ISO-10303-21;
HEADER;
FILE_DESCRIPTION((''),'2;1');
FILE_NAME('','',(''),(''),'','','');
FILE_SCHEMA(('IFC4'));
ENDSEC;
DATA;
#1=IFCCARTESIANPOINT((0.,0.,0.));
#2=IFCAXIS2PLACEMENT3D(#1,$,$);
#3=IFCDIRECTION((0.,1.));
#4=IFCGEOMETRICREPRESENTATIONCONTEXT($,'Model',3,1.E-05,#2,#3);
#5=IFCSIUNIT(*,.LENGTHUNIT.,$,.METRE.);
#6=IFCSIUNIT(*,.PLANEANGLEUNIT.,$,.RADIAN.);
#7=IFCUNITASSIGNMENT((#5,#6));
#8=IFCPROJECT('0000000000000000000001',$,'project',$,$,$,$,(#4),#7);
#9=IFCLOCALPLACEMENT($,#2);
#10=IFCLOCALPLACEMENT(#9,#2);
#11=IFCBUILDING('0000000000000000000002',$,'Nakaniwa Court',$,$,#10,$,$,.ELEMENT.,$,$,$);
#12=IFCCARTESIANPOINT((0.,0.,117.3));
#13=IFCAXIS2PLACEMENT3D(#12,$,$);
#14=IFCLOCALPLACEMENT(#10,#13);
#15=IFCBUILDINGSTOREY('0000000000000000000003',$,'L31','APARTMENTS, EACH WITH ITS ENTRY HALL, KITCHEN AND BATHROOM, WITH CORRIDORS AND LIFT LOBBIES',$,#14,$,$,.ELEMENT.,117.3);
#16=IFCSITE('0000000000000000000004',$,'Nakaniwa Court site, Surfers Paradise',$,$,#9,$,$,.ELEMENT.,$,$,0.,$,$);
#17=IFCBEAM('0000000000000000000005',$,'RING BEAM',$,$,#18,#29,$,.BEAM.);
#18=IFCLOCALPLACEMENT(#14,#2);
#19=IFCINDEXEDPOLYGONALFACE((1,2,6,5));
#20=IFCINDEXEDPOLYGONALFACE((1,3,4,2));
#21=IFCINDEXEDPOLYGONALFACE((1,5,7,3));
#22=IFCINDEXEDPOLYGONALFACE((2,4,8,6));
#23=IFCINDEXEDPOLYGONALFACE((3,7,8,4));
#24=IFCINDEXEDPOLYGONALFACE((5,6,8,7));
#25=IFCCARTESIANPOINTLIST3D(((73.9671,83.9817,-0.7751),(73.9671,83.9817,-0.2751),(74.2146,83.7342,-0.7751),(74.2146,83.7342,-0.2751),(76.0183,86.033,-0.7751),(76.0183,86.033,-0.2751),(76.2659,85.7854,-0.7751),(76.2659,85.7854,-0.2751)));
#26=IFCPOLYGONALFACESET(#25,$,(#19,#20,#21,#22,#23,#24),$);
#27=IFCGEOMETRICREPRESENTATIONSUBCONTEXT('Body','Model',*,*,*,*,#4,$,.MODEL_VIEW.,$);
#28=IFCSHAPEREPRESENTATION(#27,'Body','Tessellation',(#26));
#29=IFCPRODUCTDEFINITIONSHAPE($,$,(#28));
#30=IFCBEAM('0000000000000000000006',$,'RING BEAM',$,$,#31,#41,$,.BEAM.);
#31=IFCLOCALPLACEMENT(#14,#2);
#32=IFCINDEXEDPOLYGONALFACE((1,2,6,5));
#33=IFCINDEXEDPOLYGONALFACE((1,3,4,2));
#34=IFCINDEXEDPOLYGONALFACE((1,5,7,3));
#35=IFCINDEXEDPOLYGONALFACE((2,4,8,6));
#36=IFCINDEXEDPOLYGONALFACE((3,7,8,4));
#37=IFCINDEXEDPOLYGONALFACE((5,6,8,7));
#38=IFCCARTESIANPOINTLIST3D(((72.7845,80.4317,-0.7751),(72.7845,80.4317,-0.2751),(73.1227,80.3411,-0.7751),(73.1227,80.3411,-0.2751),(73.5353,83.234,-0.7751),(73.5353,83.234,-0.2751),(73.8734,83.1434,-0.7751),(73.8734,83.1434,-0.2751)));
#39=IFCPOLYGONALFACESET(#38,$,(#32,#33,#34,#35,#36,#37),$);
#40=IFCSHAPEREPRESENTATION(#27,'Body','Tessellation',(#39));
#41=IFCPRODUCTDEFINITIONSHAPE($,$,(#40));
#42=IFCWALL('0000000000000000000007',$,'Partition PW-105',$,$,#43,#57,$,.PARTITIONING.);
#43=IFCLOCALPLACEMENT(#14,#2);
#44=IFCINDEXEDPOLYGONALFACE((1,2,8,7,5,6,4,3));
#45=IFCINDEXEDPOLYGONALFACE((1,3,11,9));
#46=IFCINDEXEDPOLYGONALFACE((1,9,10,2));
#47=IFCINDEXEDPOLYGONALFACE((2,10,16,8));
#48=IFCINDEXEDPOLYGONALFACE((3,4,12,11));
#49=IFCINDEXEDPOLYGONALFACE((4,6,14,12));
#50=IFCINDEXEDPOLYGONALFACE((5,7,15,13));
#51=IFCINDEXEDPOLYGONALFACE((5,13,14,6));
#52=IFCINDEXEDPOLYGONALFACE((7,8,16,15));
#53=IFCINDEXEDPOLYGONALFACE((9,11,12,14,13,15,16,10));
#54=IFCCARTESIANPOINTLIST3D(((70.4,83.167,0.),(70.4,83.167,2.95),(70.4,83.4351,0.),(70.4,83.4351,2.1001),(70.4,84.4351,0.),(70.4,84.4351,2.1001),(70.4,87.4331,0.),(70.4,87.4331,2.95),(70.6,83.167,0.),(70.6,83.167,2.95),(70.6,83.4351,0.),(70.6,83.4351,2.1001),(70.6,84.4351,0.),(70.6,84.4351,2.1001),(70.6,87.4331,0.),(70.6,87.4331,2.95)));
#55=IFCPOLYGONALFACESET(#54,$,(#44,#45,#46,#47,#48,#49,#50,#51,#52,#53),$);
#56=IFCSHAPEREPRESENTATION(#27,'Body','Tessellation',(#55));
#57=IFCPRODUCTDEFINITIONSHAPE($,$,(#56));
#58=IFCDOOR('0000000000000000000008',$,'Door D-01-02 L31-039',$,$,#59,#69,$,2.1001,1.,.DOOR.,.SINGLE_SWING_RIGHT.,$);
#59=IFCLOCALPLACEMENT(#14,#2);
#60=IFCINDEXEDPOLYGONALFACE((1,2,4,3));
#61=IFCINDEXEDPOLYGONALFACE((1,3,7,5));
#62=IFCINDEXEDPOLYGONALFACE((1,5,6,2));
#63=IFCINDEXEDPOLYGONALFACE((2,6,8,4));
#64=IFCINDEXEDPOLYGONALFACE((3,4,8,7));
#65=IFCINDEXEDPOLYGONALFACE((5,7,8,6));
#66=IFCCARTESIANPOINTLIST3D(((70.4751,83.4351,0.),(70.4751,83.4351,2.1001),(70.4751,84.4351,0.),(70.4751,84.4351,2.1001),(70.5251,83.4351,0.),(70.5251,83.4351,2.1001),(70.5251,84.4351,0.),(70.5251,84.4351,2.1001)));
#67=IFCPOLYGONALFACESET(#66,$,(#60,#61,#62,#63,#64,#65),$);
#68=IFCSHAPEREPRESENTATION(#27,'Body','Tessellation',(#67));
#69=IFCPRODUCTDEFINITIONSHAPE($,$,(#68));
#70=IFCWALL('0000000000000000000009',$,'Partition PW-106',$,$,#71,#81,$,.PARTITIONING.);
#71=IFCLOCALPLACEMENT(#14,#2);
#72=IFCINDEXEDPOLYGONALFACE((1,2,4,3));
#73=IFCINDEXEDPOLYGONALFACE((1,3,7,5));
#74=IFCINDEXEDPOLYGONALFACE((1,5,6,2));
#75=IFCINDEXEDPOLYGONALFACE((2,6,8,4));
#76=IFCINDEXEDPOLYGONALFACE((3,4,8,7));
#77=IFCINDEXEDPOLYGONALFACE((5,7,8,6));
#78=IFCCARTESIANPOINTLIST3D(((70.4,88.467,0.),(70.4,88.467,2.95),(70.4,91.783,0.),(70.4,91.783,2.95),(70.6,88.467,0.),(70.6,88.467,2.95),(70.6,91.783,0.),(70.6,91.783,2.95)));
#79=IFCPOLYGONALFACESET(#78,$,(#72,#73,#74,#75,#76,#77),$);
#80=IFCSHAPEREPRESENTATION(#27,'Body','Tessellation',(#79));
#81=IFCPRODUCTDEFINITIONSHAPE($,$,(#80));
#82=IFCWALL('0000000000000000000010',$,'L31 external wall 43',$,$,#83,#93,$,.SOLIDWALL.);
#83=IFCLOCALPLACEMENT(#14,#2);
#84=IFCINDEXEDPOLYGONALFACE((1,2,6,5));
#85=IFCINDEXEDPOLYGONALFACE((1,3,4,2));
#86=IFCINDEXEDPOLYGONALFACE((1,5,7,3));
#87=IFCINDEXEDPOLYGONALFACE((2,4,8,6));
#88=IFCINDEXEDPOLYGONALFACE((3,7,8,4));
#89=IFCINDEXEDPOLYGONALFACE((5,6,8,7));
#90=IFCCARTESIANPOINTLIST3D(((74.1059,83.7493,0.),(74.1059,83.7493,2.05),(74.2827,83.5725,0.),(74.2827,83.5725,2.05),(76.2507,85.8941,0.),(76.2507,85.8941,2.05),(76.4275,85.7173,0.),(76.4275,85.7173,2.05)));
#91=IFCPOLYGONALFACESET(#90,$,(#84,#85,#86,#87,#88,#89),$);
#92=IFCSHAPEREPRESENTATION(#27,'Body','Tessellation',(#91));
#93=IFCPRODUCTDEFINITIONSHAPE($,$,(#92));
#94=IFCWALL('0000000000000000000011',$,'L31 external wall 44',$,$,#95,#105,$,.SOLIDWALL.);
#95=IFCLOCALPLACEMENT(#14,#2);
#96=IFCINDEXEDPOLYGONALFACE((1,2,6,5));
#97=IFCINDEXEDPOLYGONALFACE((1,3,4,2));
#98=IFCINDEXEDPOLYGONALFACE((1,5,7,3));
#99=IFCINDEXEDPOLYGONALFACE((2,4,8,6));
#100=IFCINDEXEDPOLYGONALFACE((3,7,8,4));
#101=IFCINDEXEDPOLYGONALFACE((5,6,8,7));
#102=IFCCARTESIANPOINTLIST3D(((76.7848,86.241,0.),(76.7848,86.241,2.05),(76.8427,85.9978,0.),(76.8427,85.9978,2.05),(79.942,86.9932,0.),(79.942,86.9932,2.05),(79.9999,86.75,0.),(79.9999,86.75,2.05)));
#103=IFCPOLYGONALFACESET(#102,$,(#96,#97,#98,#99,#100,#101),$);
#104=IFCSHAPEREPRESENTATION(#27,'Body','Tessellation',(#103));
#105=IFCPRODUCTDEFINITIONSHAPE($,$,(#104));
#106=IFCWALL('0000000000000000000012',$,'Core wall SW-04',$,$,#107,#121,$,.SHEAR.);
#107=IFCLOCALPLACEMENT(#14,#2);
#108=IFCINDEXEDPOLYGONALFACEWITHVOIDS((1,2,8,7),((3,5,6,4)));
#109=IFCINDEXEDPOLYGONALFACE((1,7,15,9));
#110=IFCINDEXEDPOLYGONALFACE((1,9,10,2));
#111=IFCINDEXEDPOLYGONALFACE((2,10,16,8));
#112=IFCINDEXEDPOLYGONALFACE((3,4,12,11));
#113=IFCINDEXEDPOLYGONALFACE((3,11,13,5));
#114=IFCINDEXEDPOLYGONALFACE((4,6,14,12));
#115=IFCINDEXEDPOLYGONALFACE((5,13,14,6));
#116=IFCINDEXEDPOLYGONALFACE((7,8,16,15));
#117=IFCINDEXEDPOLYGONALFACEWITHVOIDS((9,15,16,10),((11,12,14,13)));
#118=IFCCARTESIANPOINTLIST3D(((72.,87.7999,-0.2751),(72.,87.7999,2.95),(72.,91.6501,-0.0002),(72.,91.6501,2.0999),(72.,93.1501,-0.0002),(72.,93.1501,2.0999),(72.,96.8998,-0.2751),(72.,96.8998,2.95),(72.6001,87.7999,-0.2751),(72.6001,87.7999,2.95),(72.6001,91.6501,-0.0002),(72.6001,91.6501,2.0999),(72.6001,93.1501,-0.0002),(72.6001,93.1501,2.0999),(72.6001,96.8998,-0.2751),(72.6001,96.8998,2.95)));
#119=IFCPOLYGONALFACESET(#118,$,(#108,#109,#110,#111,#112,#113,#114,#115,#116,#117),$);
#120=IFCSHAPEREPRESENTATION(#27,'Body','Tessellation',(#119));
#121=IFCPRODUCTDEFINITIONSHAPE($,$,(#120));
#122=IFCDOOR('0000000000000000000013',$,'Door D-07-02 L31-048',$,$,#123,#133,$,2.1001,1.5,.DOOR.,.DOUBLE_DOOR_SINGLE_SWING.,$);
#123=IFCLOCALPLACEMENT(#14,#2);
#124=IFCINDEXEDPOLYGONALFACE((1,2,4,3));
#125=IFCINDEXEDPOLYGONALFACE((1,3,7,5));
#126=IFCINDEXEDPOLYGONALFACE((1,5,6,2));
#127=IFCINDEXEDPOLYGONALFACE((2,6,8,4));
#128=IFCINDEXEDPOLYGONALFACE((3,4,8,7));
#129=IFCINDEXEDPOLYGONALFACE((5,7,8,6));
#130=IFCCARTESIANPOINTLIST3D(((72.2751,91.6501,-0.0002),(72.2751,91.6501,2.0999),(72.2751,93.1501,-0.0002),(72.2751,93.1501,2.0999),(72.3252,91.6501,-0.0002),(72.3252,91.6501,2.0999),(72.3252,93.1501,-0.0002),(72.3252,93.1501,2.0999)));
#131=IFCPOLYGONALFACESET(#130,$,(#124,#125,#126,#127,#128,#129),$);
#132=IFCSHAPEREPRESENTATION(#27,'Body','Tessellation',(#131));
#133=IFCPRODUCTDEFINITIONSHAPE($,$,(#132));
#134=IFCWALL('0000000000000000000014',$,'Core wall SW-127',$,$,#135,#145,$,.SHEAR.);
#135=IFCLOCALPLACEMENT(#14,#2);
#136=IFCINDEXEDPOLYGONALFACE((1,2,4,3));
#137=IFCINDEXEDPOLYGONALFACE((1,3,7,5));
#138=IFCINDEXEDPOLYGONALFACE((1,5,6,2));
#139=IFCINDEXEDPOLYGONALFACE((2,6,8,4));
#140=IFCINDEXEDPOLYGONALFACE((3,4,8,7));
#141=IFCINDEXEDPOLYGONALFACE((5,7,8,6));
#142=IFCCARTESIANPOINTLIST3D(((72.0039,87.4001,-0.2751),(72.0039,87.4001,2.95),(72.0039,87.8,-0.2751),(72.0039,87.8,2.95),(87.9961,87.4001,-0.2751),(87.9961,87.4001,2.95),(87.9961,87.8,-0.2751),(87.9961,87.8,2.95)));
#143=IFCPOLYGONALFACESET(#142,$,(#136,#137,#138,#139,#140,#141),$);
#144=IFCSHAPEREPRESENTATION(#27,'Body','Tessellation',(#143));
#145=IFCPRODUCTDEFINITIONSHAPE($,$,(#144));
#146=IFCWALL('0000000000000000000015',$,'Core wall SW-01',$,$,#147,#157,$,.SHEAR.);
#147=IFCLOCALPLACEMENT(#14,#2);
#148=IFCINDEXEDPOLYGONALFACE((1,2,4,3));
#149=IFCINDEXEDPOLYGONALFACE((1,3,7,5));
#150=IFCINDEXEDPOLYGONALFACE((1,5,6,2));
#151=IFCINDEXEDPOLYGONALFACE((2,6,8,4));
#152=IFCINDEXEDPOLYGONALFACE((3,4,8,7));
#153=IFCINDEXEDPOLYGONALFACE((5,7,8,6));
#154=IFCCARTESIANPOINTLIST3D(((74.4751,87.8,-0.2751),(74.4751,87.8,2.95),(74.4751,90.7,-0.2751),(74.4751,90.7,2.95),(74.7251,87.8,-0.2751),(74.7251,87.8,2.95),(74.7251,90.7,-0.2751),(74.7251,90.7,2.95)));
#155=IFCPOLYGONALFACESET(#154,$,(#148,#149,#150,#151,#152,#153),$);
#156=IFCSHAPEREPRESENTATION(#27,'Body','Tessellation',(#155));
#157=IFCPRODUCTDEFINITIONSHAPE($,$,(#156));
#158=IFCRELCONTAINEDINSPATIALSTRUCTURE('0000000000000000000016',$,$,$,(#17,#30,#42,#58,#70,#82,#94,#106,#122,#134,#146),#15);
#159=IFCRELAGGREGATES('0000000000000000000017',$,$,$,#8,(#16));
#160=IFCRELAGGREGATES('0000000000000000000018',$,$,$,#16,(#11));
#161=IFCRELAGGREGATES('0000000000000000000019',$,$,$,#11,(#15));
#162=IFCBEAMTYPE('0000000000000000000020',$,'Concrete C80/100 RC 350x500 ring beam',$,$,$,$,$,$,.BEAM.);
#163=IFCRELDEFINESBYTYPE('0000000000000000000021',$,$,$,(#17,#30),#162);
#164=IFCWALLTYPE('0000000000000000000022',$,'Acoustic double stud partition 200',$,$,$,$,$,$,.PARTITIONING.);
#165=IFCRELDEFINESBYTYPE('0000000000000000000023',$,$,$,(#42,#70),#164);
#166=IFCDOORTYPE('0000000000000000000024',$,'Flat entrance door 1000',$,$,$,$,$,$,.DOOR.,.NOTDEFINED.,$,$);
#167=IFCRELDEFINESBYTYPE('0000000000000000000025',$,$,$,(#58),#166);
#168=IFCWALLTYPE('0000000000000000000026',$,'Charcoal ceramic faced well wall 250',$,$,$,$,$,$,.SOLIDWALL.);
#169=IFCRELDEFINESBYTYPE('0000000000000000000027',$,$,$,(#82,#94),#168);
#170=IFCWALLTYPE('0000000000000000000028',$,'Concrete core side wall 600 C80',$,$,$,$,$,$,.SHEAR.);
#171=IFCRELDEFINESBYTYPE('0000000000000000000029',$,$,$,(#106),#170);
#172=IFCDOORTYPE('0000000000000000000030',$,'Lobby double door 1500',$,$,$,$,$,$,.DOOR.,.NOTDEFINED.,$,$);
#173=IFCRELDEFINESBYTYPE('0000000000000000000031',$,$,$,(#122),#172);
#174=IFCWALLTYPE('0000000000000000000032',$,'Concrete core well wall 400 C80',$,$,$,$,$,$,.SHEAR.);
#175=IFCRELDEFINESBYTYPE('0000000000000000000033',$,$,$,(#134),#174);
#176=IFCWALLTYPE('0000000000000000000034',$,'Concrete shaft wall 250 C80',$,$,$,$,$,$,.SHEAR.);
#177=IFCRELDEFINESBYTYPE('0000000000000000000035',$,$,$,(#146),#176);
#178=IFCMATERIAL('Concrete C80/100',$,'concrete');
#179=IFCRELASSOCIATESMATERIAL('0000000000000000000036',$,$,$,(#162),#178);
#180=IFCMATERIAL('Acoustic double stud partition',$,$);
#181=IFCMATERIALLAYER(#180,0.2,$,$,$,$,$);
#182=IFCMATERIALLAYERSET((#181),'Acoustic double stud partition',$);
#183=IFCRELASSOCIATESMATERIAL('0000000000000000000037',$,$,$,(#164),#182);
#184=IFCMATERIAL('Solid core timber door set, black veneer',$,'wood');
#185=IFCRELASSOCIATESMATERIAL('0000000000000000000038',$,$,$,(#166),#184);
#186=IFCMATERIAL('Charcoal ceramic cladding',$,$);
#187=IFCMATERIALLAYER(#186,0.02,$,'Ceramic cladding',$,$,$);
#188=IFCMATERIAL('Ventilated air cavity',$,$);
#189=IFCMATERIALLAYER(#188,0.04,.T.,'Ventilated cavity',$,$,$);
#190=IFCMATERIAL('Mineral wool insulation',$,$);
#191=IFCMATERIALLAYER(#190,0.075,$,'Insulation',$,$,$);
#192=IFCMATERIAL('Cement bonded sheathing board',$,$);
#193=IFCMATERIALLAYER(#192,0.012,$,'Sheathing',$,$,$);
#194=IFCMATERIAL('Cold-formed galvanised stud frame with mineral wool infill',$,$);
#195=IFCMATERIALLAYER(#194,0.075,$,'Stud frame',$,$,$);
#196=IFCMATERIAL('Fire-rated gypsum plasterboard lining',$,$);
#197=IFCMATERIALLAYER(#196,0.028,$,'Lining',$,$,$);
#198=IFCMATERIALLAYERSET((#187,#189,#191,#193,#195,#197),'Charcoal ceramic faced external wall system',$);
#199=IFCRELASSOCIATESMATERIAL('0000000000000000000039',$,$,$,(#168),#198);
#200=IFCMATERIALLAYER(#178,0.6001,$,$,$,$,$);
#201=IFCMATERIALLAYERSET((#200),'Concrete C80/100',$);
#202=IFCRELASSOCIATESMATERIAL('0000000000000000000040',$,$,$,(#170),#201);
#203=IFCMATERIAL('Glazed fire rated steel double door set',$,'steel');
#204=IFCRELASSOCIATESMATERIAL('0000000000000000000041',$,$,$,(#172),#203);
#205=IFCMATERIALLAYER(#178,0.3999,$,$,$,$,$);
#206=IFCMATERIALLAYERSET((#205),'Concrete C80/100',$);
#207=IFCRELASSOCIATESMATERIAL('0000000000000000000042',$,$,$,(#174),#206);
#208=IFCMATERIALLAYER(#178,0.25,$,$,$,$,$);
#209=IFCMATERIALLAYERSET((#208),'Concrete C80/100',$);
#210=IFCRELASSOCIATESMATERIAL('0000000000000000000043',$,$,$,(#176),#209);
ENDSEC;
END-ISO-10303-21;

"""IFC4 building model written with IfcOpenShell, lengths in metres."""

from ifc_helpers import new_model, si_unit, direction, frame, frame_2d, origin, origin_2d, place, context, subcontext, project, spatial, rectangle, extrude, material, layer, layer_set, material_profile, profile_set, type_object, element, fill, save


model = new_model("IFC4")

# Units and contexts
model_context = context("Model", 3, precision=1e-05, world=origin(), true_north=direction((0.0, 1.0)))
body_context = subcontext(model_context, "Body", "Model", "MODEL_VIEW")
ifc_project = project(units=[si_unit("LENGTHUNIT", "METRE"), si_unit("PLANEANGLEUNIT", "RADIAN")], contexts=[model_context])

# Site, building, storey
site_placement = place(None, origin())
site = spatial("IfcSite", under=ifc_project, at=site_placement, Name="Nakaniwa Court site, Surfers Paradise", CompositionType="ELEMENT", RefElevation=0.0)
building_placement = place(site_placement, origin())
building = spatial("IfcBuilding", under=site, at=building_placement, Name="Nakaniwa Court", CompositionType="ELEMENT")
storey_placement = place(building_placement, frame((0.0, 0.0, 117.3)))
storey = spatial("IfcBuildingStorey", under=building, at=storey_placement, Name="L31", Description="APARTMENTS, EACH WITH ITS ENTRY HALL, KITCHEN AND BATHROOM, WITH CORRIDORS AND LIFT LOBBIES", CompositionType="ELEMENT", Elevation=117.3)

# Shared definitions
ifc_material_1 = material(Name="Concrete C80/100", Category="concrete")

# Beams
ifc_material_profile_1 = material_profile(ifc_material_1, rectangle(XDim=0.3501, YDim=0.5, at=origin_2d()), Name="Concrete C80/100 RC 350x500 ring beam")
ifc_profile_set_1 = profile_set([ifc_material_profile_1], Name="Concrete C80/100")
beam_type = type_object("IfcBeamType", Name="Concrete C80/100 RC 350x500 ring beam", PredefinedType="BEAM", material=ifc_profile_set_1)
beam_1_placement = place(storey_placement, frame((76.1421, 85.9092, -0.5251), z_axis=(-0.707107, -0.707107, 0.0), x_axis=(0.707107, -0.707107, 0.0)))
element("IfcBeam", 1, at=beam_1_placement, inside=storey, type_object=beam_type, Name="RING BEAM", PredefinedType="BEAM", context=body_context, shape_type="SweptSolid", body=[
    extrude(rectangle(XDim=0.3501, YDim=0.5, at=origin_2d()), origin(), (0.0, 0.0, 1.0), 2.9009),
])
beam_2_placement = place(storey_placement, frame((73.7043, 83.1887, -0.5251), z_axis=(-0.258778, -0.965937, 0.0), x_axis=(0.965937, -0.258778, 0.0)))
element("IfcBeam", 2, at=beam_2_placement, inside=storey, type_object=beam_type, Name="RING BEAM", PredefinedType="BEAM", context=body_context, shape_type="SweptSolid", body=[
    extrude(rectangle(XDim=0.3501, YDim=0.5, at=origin_2d()), origin(), (0.0, 0.0, 1.0), 2.9011),
])

# Wall, opening, door
ifc_material_2 = material(Name="Acoustic double stud partition")
ifc_layer_1 = layer(ifc_material_2, 0.2)
ifc_layer_set_1 = layer_set([ifc_layer_1], Name="Acoustic double stud partition")
wall_type_1 = type_object("IfcWallType", Name="Acoustic double stud partition 200", PredefinedType="PARTITIONING", material=ifc_layer_set_1)
wall_1_placement = place(storey_placement, frame((70.5, 83.167, 0.0), z_axis=(0.0, 0.0, 1.0), x_axis=(0.0, 1.0, 0.0)))
wall_1 = element("IfcWall", 3, at=wall_1_placement, inside=storey, type_object=wall_type_1, Name="Partition PW-105", PredefinedType="PARTITIONING", context=body_context, shape_type="SweptSolid", body=[
    extrude(rectangle(XDim=4.2661, YDim=0.2, at=frame_2d((2.1331, 0.0))), origin(), (0.0, 0.0, 1.0), 2.95),
])
opening_1_placement = place(wall_1_placement, frame((0.2681, 0.0, 0.0)))
opening_1 = element("IfcOpeningElement", 4, at=opening_1_placement, cuts=wall_1, PredefinedType="OPENING", context=body_context, shape_type="SweptSolid", body=[
    extrude(rectangle(XDim=1.0, YDim=2.1001, at=frame_2d((0.5, 1.05))), frame((0.0, 0.1099, 0.0), z_axis=(0.0, -1.0, 0.0), x_axis=(1.0, 0.0, 0.0)), (0.0, 0.0, 1.0), 0.22),
])
ifc_material_3 = material(Name="Solid core timber door set, black veneer", Category="wood")
door_type_1 = type_object("IfcDoorType", Name="Flat entrance door 1000", OperationType="NOTDEFINED", PredefinedType="DOOR", material=ifc_material_3)
door_1_placement = place(opening_1_placement, origin())
door_1 = element("IfcDoor", 5, at=door_1_placement, inside=storey, type_object=door_type_1, Name="Door D-01-02 L31-039", OperationType="SINGLE_SWING_RIGHT", OverallHeight=2.1001, OverallWidth=1.0, PredefinedType="DOOR", context=body_context, shape_type="SweptSolid", body=[
    extrude(rectangle(XDim=1.0, YDim=2.1001, at=frame_2d((0.5, 1.05))), frame((0.0, 0.0249, 0.0), z_axis=(0.0, -1.0, 0.0), x_axis=(1.0, 0.0, 0.0)), (0.0, 0.0, 1.0), 0.05),
])
fill(opening_1, door_1)

# Walls
wall_2_placement = place(storey_placement, frame((70.5, 88.467, 0.0), z_axis=(0.0, 0.0, 1.0), x_axis=(0.0, 1.0, 0.0)))
element("IfcWall", 6, at=wall_2_placement, inside=storey, type_object=wall_type_1, Name="Partition PW-106", PredefinedType="PARTITIONING", context=body_context, shape_type="SweptSolid", body=[
    extrude(rectangle(XDim=3.3159, YDim=0.2, at=frame_2d((1.658, 0.0))), origin(), (0.0, 0.0, 1.0), 2.95),
])
ifc_material_4 = material(Name="Charcoal ceramic cladding")
ifc_layer_2 = layer(ifc_material_4, 0.02, Name="Ceramic cladding")
ifc_material_5 = material(Name="Ventilated air cavity")
ifc_layer_3 = layer(ifc_material_5, 0.04, ventilated=True, Name="Ventilated cavity")
ifc_material_6 = material(Name="Mineral wool insulation")
ifc_layer_4 = layer(ifc_material_6, 0.075, Name="Insulation")
ifc_material_7 = material(Name="Cement bonded sheathing board")
ifc_layer_5 = layer(ifc_material_7, 0.012, Name="Sheathing")
ifc_material_8 = material(Name="Cold-formed galvanised stud frame with mineral wool infill")
ifc_layer_6 = layer(ifc_material_8, 0.075, Name="Stud frame")
ifc_material_9 = material(Name="Fire-rated gypsum plasterboard lining")
ifc_layer_7 = layer(ifc_material_9, 0.028, Name="Lining")
ifc_layer_set_2 = layer_set([ifc_layer_2, ifc_layer_3, ifc_layer_4, ifc_layer_5, ifc_layer_6, ifc_layer_7], Name="Charcoal ceramic faced external wall system")
wall_type_2 = type_object("IfcWallType", Name="Charcoal ceramic faced well wall 250", PredefinedType="SOLIDWALL", material=ifc_layer_set_2)
wall_3_placement = place(storey_placement, frame((74.1943, 83.6609, 0.0), z_axis=(0.0, 0.0, 1.0), x_axis=(0.707107, 0.707107, 0.0)))
element("IfcWall", 7, at=wall_3_placement, inside=storey, type_object=wall_type_2, Name="L31 external wall 43", PredefinedType="SOLIDWALL", context=body_context, shape_type="SweptSolid", body=[
    extrude(rectangle(XDim=3.0332, YDim=0.25, at=frame_2d((1.5166, 0.0))), origin(), (0.0, 0.0, 1.0), 2.05),
])
wall_4_placement = place(storey_placement, frame((76.8137, 86.1194, 0.0), z_axis=(0.0, 0.0, 1.0), x_axis=(0.972773, 0.23176, 0.0)))
element("IfcWall", 8, at=wall_4_placement, inside=storey, type_object=wall_type_2, Name="L31 external wall 44", PredefinedType="SOLIDWALL", context=body_context, shape_type="SweptSolid", body=[
    extrude(rectangle(XDim=3.2456, YDim=0.25, at=frame_2d((1.6228, 0.0))), origin(), (0.0, 0.0, 1.0), 2.05),
])

# Wall, opening, door
ifc_layer_8 = layer(ifc_material_1, 0.6001)
ifc_layer_set_3 = layer_set([ifc_layer_8], Name="Concrete C80/100")
wall_type_3 = type_object("IfcWallType", Name="Concrete core side wall 600 C80", PredefinedType="SHEAR", material=ifc_layer_set_3)
wall_5_placement = place(storey_placement, frame((72.3, 87.8, -0.2751), z_axis=(0.0, 0.0, 1.0), x_axis=(0.0, 1.0, 0.0)))
wall_5 = element("IfcWall", 9, at=wall_5_placement, inside=storey, type_object=wall_type_3, Name="Core wall SW-04", PredefinedType="SHEAR", context=body_context, shape_type="SweptSolid", body=[
    extrude(rectangle(XDim=9.0999, YDim=0.6001, at=frame_2d((4.5498, 0.0))), origin(), (0.0, 0.0, 1.0), 3.2251),
])
opening_2_placement = place(wall_5_placement, frame((3.8501, 0.0, 0.2749)))
opening_2 = element("IfcOpeningElement", 10, at=opening_2_placement, cuts=wall_5, PredefinedType="OPENING", context=body_context, shape_type="SweptSolid", body=[
    extrude(rectangle(XDim=1.5, YDim=2.1001, at=frame_2d((0.75, 1.05))), frame((0.0, 0.3101, 0.0), z_axis=(0.0, -1.0, 0.0), x_axis=(1.0, 0.0, 0.0)), (0.0, 0.0, 1.0), 0.6201),
])
ifc_material_10 = material(Name="Glazed fire rated steel double door set", Category="steel")
door_type_2 = type_object("IfcDoorType", Name="Lobby double door 1500", OperationType="NOTDEFINED", PredefinedType="DOOR", material=ifc_material_10)
door_2_placement = place(opening_2_placement, origin())
door_2 = element("IfcDoor", 11, at=door_2_placement, inside=storey, type_object=door_type_2, Name="Door D-07-02 L31-048", OperationType="DOUBLE_DOOR_SINGLE_SWING", OverallHeight=2.1001, OverallWidth=1.5, PredefinedType="DOOR", context=body_context, shape_type="SweptSolid", body=[
    extrude(rectangle(XDim=1.5, YDim=2.1001, at=frame_2d((0.75, 1.05))), frame((0.0, 0.0249, 0.0), z_axis=(0.0, -1.0, 0.0), x_axis=(1.0, 0.0, 0.0)), (0.0, 0.0, 1.0), 0.05),
])
fill(opening_2, door_2)

# Walls
ifc_layer_9 = layer(ifc_material_1, 0.3999)
ifc_layer_set_4 = layer_set([ifc_layer_9], Name="Concrete C80/100")
wall_type_4 = type_object("IfcWallType", Name="Concrete core well wall 400 C80", PredefinedType="SHEAR", material=ifc_layer_set_4)
wall_6_placement = place(storey_placement, frame((72.0039, 87.6001, -0.2751), z_axis=(0.0, 0.0, 1.0), x_axis=(1.0, 0.0, 0.0)))
element("IfcWall", 12, at=wall_6_placement, inside=storey, type_object=wall_type_4, Name="Core wall SW-127", PredefinedType="SHEAR", context=body_context, shape_type="SweptSolid", body=[
    extrude(rectangle(XDim=15.9922, YDim=0.3999, at=frame_2d((7.9961, 0.0))), origin(), (0.0, 0.0, 1.0), 3.2251),
])
ifc_layer_10 = layer(ifc_material_1, 0.25)
ifc_layer_set_5 = layer_set([ifc_layer_10], Name="Concrete C80/100")
wall_type_5 = type_object("IfcWallType", Name="Concrete shaft wall 250 C80", PredefinedType="SHEAR", material=ifc_layer_set_5)
wall_7_placement = place(storey_placement, frame((74.6001, 87.8, -0.2751), z_axis=(0.0, 0.0, 1.0), x_axis=(0.0, 1.0, 0.0)))
element("IfcWall", 13, at=wall_7_placement, inside=storey, type_object=wall_type_5, Name="Core wall SW-01", PredefinedType="SHEAR", context=body_context, shape_type="SweptSolid", body=[
    extrude(rectangle(XDim=2.8999, YDim=0.25, at=frame_2d((1.45, 0.0))), origin(), (0.0, 0.0, 1.0), 3.2251),
])

save(model, "model.ifc")
